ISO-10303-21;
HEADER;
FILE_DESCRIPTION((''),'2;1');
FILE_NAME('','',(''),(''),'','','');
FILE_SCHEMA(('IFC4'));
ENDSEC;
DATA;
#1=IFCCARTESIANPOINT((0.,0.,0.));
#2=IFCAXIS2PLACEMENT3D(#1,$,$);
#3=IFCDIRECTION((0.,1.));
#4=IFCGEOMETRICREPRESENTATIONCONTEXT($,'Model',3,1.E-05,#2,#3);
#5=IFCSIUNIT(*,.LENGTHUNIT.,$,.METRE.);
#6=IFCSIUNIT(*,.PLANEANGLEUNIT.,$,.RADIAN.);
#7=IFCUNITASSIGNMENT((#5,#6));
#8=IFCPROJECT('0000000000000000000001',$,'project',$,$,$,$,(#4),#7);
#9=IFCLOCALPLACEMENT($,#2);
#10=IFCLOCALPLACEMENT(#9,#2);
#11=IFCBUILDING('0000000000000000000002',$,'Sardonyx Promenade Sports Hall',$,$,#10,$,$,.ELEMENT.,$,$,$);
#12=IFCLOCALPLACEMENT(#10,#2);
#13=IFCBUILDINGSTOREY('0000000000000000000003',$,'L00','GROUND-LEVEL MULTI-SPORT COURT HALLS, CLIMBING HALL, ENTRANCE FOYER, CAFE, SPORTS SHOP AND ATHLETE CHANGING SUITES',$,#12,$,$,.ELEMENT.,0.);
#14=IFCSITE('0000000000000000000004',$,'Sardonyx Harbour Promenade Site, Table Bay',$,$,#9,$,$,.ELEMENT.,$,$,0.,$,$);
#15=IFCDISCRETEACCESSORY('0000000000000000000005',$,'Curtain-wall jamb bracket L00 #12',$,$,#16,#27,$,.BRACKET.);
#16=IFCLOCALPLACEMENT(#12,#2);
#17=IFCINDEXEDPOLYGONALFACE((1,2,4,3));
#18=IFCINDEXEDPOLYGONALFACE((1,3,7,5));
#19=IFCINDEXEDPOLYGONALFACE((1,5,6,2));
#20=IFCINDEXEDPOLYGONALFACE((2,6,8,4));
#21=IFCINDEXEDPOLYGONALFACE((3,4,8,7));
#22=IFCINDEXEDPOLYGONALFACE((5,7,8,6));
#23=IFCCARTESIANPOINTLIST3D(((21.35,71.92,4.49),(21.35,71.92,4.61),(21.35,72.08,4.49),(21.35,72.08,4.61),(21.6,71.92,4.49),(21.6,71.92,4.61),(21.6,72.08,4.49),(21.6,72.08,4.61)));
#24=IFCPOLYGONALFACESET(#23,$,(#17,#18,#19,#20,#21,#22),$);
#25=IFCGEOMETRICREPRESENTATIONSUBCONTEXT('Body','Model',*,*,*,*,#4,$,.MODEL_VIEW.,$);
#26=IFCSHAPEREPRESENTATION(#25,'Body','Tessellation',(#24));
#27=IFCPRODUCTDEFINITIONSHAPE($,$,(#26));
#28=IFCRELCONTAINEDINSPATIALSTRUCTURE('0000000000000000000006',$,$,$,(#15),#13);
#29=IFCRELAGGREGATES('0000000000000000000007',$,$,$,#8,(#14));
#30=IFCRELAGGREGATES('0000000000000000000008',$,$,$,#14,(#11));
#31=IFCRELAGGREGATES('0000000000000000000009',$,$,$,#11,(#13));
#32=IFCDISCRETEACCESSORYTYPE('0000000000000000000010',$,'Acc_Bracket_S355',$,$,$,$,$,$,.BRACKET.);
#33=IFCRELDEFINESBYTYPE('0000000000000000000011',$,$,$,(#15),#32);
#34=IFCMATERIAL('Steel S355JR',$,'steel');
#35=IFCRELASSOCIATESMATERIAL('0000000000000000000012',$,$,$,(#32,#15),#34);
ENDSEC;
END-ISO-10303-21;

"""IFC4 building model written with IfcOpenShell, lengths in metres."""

from ifc_helpers import new_model, si_unit, direction, frame, origin, place, context, subcontext, project, spatial, rectangle, extrude, material, type_object, element, save


model = new_model("IFC4")

# Units and contexts
model_context = context("Model", 3, precision=1e-05, world=origin(), true_north=direction((0.0, 1.0)))
body_context = subcontext(model_context, "Body", "Model", "MODEL_VIEW")
ifc_project = project(units=[si_unit("LENGTHUNIT", "METRE"), si_unit("PLANEANGLEUNIT", "RADIAN")], contexts=[model_context])

# Site, building, storey
site_placement = place(None, origin())
site = spatial("IfcSite", under=ifc_project, at=site_placement, Name="Sardonyx Harbour Promenade Site, Table Bay", CompositionType="ELEMENT", RefElevation=0.0)
building_placement = place(site_placement, origin())
building = spatial("IfcBuilding", under=site, at=building_placement, Name="Sardonyx Promenade Sports Hall", CompositionType="ELEMENT")
storey_placement = place(building_placement, origin())
storey = spatial("IfcBuildingStorey", under=building, at=storey_placement, Name="L00", Description="GROUND-LEVEL MULTI-SPORT COURT HALLS, CLIMBING HALL, ENTRANCE FOYER, CAFE, SPORTS SHOP AND ATHLETE CHANGING SUITES", CompositionType="ELEMENT", Elevation=0.0)

# Discrete accessory
ifc_material_1 = material(Name="Steel S355JR", Category="steel")
discrete_accessory_type = type_object("IfcDiscreteAccessoryType", Name="Acc_Bracket_S355", PredefinedType="BRACKET", material=ifc_material_1)
for number, where, z_axis, x_axis, name in (
    (1, (21.475, 72.0, 4.49), (0.0, 0.0, 1.0), (1.0, 0.0, 0.0), "Curtain-wall jamb bracket L00 #12"),
):
    element("IfcDiscreteAccessory", number, at=place(storey_placement, frame(where, z_axis=z_axis, x_axis=x_axis)), inside=storey, type_object=discrete_accessory_type, material=ifc_material_1, Name=name, PredefinedType="BRACKET", context=body_context, shape_type="SweptSolid", body=[
        extrude(rectangle(XDim=0.25, YDim=0.16), origin(), (0.0, 0.0, 1.0), 0.12),
    ])

save(model, "model.ifc")
